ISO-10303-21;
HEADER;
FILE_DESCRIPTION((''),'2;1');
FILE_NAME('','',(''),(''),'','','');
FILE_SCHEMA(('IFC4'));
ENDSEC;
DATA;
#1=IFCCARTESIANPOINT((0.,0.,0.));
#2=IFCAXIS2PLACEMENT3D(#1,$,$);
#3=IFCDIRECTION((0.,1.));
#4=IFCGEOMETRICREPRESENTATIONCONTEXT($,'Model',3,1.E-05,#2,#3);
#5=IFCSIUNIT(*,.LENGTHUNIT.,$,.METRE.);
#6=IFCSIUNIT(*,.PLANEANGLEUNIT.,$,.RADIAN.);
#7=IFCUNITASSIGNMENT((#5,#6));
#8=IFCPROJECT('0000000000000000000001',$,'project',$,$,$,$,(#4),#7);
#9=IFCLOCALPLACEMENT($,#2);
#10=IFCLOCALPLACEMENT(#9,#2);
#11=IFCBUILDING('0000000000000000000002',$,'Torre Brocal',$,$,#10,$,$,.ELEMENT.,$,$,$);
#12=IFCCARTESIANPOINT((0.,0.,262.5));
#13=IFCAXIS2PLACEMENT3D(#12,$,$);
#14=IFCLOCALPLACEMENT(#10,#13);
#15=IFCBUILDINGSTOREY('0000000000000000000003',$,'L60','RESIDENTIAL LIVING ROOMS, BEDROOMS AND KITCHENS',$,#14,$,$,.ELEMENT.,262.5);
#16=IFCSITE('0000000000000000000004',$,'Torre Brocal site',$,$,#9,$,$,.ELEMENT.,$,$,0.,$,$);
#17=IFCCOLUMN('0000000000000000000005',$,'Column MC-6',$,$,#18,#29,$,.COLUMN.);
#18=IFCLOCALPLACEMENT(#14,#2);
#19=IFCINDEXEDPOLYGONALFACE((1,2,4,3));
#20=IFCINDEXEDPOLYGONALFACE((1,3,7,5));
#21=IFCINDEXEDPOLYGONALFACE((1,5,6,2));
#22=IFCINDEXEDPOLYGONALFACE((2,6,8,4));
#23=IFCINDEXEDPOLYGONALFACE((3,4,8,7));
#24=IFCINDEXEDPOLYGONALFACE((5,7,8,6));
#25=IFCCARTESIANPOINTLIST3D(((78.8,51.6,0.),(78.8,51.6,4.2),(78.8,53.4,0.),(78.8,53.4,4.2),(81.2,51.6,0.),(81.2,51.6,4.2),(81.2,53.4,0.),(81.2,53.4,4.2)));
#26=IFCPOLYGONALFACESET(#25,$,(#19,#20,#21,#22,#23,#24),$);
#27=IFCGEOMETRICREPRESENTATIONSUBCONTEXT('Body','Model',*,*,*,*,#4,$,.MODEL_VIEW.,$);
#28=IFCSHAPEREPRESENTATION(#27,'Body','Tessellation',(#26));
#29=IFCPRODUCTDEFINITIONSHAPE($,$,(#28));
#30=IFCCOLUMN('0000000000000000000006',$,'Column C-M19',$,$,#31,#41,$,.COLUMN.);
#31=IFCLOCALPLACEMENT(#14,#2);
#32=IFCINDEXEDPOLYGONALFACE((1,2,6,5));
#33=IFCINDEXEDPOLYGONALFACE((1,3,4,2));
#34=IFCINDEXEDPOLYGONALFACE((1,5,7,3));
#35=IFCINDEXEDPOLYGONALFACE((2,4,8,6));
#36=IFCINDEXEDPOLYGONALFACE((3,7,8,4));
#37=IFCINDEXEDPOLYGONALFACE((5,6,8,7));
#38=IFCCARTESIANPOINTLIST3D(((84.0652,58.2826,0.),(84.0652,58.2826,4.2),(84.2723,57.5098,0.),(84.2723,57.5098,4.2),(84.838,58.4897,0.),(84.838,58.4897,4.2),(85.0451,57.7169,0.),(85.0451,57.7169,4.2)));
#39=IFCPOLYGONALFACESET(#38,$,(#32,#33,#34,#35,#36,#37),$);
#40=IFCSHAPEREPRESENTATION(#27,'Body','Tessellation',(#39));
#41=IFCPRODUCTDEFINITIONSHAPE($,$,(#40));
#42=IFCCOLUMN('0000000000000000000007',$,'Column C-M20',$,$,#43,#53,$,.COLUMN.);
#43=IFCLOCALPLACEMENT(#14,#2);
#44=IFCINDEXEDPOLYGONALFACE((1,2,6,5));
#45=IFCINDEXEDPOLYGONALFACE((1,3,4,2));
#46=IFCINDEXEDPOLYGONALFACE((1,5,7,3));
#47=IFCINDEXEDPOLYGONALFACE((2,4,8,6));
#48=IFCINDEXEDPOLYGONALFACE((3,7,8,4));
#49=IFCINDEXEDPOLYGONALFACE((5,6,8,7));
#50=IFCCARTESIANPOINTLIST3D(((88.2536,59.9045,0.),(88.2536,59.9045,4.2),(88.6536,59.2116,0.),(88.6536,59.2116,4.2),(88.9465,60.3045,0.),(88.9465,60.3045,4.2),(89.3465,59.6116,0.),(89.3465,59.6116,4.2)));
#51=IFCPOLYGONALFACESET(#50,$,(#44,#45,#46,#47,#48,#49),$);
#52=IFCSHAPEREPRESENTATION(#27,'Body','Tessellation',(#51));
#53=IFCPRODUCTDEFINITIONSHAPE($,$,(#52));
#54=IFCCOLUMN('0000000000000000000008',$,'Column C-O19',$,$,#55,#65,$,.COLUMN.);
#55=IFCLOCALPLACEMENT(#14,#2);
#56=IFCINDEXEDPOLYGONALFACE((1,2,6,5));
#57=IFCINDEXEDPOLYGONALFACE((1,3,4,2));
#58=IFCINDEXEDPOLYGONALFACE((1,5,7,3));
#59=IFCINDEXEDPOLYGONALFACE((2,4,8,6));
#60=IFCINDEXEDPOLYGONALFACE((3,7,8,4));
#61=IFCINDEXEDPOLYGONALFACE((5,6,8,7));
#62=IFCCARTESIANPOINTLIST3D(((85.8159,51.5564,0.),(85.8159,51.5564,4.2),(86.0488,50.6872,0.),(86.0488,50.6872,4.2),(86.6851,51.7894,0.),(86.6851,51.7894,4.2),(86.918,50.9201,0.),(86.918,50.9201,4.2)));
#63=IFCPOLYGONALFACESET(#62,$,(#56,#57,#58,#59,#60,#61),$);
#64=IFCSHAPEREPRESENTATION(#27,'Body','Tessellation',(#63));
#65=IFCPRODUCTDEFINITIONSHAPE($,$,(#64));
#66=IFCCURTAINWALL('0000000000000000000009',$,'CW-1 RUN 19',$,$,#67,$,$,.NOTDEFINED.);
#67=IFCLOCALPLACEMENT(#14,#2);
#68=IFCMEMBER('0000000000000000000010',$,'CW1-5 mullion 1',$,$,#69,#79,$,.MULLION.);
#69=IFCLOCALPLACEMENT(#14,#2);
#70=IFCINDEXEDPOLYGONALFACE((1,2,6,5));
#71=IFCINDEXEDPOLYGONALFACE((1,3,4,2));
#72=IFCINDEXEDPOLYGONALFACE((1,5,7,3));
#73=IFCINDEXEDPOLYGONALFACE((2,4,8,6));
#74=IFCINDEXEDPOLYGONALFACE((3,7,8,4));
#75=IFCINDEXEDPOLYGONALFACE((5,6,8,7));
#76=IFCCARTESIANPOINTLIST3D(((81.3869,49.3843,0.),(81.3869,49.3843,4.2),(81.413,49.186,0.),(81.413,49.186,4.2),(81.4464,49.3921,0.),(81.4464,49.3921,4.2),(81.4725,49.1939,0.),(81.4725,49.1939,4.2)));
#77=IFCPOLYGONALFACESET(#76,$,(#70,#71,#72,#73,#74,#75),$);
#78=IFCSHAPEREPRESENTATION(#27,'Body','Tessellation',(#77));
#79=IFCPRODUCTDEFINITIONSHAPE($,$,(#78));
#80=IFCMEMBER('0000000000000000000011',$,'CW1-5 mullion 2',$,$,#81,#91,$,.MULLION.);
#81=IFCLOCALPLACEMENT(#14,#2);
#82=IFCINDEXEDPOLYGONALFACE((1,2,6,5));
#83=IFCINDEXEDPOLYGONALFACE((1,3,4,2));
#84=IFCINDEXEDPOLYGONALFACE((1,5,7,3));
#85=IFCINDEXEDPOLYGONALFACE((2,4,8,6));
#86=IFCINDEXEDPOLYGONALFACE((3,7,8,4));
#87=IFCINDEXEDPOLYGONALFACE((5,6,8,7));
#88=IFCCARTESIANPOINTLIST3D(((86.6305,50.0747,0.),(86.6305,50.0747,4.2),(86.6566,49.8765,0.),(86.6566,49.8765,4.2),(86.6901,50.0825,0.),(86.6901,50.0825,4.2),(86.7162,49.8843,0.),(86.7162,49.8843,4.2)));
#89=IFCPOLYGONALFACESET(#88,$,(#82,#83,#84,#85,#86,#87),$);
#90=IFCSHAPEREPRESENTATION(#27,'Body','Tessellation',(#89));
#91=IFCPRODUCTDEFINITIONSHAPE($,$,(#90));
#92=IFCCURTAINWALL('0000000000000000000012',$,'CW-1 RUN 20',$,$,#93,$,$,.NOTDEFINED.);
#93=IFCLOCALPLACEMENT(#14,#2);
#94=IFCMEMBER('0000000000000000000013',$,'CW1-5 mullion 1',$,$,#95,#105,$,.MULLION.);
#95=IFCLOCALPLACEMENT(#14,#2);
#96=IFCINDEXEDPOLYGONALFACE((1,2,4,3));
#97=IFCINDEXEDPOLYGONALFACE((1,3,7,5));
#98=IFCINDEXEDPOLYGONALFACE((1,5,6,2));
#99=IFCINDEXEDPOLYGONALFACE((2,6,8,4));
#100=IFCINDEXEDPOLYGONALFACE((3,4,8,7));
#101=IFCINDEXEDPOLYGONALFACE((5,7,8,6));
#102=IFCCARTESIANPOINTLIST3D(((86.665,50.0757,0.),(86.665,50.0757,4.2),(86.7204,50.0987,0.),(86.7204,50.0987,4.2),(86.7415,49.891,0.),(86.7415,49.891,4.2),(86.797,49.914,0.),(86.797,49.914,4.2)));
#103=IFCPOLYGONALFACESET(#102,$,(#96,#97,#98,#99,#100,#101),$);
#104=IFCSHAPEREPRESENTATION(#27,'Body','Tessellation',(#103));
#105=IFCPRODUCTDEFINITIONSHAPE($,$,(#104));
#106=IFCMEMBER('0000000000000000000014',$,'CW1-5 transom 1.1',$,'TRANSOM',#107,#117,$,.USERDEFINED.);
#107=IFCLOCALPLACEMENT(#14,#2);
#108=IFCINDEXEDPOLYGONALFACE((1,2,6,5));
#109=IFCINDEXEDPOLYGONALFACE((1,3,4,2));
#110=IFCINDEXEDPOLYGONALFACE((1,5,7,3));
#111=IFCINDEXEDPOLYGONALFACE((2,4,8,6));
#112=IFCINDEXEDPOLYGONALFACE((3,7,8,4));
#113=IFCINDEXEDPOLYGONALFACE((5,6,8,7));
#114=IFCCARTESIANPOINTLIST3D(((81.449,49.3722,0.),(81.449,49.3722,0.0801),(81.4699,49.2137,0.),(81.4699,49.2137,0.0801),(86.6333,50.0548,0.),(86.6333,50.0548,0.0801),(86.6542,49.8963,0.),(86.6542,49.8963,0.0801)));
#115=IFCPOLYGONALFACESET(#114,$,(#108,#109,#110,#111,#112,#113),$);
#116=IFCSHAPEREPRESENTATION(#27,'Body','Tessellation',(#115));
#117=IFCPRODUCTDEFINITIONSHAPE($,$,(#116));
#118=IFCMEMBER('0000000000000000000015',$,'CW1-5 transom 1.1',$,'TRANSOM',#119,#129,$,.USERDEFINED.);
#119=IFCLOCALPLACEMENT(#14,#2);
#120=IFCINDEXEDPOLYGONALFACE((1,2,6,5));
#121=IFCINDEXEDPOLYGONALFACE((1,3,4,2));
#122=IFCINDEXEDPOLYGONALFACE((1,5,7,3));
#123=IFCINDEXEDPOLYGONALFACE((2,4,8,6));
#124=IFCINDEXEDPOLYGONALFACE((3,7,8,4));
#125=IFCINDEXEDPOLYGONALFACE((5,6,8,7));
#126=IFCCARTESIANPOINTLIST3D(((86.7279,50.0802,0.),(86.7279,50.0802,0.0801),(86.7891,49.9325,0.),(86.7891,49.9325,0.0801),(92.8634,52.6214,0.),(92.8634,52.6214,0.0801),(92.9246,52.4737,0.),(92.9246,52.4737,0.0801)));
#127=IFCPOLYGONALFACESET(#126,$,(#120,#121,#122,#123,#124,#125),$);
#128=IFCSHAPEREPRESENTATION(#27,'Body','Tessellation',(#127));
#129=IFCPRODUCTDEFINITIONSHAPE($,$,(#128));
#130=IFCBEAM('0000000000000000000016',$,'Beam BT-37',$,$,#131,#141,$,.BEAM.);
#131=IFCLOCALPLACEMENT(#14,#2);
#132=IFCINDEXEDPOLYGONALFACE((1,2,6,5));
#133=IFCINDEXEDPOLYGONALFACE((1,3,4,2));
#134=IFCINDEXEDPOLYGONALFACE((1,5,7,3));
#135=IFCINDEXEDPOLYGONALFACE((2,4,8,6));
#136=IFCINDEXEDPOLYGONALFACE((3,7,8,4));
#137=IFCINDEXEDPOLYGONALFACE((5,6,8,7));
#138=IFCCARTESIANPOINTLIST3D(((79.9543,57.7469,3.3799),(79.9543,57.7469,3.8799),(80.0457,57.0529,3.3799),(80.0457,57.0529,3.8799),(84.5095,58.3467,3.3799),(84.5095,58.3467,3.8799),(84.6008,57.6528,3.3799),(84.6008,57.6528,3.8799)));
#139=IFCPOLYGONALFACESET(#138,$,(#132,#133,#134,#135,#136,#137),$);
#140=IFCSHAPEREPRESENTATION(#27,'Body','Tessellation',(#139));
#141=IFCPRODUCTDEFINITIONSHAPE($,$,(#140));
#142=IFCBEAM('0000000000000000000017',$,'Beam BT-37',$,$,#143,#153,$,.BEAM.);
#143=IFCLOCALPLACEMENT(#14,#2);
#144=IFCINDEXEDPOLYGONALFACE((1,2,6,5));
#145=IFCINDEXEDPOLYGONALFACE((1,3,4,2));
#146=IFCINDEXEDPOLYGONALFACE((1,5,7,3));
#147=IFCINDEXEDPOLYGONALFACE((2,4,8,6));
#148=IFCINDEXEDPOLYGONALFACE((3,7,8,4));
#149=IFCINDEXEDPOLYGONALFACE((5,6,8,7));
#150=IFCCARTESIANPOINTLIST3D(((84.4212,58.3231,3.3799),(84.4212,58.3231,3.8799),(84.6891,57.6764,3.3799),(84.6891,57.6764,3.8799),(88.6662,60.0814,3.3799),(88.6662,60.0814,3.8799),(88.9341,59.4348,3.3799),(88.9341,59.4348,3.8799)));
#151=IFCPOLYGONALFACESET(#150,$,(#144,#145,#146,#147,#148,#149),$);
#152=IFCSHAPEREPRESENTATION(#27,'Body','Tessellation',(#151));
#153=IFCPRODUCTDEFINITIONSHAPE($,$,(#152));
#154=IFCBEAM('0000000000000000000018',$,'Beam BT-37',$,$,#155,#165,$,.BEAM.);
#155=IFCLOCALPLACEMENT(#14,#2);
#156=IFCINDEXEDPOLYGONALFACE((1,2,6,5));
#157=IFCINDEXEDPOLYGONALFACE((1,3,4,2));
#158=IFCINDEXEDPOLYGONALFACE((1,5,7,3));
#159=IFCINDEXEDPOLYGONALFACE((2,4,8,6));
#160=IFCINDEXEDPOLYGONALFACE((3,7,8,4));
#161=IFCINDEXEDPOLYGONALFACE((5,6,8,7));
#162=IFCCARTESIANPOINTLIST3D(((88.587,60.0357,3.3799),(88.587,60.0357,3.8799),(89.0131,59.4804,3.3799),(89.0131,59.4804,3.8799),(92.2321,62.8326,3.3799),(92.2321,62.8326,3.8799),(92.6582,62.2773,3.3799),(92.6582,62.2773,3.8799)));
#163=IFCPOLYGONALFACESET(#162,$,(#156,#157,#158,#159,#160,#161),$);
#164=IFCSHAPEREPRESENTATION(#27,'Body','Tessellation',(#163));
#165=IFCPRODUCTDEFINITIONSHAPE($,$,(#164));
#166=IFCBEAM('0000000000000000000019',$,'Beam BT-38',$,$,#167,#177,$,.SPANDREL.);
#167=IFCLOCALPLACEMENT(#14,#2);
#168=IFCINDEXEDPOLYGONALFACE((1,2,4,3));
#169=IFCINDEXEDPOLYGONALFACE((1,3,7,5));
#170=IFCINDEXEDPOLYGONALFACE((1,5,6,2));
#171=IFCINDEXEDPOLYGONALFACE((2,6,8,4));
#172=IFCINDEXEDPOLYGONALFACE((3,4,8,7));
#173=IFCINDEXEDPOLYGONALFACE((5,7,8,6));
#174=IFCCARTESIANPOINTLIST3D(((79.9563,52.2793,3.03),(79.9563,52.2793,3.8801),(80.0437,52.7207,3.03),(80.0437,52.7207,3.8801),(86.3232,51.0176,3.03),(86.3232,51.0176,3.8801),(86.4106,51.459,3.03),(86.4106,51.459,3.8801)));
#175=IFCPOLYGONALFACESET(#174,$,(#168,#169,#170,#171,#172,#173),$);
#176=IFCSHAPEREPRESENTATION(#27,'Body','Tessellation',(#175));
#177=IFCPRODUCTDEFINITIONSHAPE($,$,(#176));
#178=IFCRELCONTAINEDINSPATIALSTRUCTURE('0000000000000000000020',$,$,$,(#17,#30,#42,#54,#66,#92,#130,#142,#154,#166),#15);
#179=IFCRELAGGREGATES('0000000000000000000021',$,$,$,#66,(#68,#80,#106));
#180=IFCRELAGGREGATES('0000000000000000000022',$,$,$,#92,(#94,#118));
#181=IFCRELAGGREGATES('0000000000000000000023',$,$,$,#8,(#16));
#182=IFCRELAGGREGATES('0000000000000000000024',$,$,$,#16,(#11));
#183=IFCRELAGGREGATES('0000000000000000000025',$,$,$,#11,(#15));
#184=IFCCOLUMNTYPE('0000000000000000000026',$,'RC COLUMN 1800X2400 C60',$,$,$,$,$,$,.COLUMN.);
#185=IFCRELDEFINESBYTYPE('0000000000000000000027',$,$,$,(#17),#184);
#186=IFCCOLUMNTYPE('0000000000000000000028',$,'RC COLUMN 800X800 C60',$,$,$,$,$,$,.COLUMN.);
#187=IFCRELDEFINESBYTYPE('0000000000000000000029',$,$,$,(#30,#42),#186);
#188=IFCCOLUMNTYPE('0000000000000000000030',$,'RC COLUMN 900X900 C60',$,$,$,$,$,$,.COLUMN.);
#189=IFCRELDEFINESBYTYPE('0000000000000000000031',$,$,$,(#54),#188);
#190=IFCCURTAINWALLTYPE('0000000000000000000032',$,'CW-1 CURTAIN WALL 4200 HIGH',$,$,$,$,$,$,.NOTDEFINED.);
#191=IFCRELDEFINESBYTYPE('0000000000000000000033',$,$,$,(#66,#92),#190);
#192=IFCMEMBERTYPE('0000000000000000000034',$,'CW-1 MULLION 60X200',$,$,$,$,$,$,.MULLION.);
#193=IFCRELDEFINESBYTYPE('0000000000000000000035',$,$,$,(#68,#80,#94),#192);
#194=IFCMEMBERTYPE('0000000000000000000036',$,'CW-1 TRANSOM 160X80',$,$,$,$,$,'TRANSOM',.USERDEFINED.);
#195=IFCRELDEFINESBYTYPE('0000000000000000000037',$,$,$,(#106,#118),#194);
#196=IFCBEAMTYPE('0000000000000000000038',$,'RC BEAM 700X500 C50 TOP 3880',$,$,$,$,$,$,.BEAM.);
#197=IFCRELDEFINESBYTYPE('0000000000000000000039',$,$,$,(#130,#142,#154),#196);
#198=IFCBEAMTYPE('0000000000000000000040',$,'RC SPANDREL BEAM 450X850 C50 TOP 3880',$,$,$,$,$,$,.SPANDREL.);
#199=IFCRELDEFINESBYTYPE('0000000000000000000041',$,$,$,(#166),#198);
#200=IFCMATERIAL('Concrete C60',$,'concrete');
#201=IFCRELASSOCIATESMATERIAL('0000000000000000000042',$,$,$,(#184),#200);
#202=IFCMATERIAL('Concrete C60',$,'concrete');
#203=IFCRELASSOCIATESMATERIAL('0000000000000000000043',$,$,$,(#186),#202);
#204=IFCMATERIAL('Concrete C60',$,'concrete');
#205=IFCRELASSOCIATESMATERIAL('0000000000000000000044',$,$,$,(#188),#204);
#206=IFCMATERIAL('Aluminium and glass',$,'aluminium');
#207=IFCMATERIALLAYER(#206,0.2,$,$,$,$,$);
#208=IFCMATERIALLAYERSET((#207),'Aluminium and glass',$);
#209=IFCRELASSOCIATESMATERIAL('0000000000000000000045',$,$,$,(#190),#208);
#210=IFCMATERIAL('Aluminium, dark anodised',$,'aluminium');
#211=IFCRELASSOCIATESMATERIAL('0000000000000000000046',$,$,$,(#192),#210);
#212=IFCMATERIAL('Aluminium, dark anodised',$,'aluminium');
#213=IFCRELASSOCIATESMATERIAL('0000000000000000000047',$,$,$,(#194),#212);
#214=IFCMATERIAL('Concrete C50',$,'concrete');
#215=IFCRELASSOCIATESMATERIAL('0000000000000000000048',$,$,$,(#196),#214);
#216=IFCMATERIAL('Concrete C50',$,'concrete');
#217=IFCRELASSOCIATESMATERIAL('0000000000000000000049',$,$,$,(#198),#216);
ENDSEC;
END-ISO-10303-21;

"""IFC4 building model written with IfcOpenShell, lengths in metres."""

from ifc_helpers import new_model, si_unit, direction, frame, origin, origin_2d, place, context, subcontext, project, spatial, rectangle, extrude, material, layer, layer_set, material_profile, profile_set, type_object, element, aggregate, save


model = new_model("IFC4")

# Units and contexts
model_context = context("Model", 3, precision=1e-05, world=origin(), true_north=direction((0.0, 1.0)))
body_context = subcontext(model_context, "Body", "Model", "MODEL_VIEW")
ifc_project = project(units=[si_unit("LENGTHUNIT", "METRE"), si_unit("PLANEANGLEUNIT", "RADIAN")], contexts=[model_context])

# Site, building, storey
site_placement = place(None, origin())
site = spatial("IfcSite", under=ifc_project, at=site_placement, Name="Torre Brocal site", CompositionType="ELEMENT", RefElevation=0.0)
building_placement = place(site_placement, origin())
building = spatial("IfcBuilding", under=site, at=building_placement, Name="Torre Brocal", CompositionType="ELEMENT")
storey_placement = place(building_placement, frame((0.0, 0.0, 262.5)))
storey = spatial("IfcBuildingStorey", under=building, at=storey_placement, Name="L60", Description="RESIDENTIAL LIVING ROOMS, BEDROOMS AND KITCHENS", CompositionType="ELEMENT", Elevation=262.5)

# Columns
ifc_material_1 = material(Name="Concrete C60", Category="concrete")
ifc_material_profile_1 = material_profile(ifc_material_1, rectangle(XDim=1.8, YDim=2.3999, at=origin_2d()), Name="RC 1800X2400")
ifc_profile_set_1 = profile_set([ifc_material_profile_1], Name="Concrete C60")
column_type_1 = type_object("IfcColumnType", Name="RC COLUMN 1800X2400 C60", PredefinedType="COLUMN", material=ifc_profile_set_1)
column_1_placement = place(storey_placement, frame((80.0, 52.5, 0.0), z_axis=(0.0, 0.0, 1.0), x_axis=(0.0, -1.0, 0.0)))
element("IfcColumn", 1, at=column_1_placement, inside=storey, type_object=column_type_1, Name="Column MC-6", PredefinedType="COLUMN", context=body_context, shape_type="SweptSolid", body=[
    extrude(rectangle(XDim=1.8, YDim=2.3999, at=origin_2d()), origin(), (0.0, 0.0, 1.0), 4.2),
])
ifc_material_2 = material(Name="Concrete C60", Category="concrete")
ifc_material_profile_2 = material_profile(ifc_material_2, rectangle(XDim=0.8, YDim=0.8, at=origin_2d()), Name="RC 800X800")
ifc_profile_set_2 = profile_set([ifc_material_profile_2], Name="Concrete C60")
column_type_2 = type_object("IfcColumnType", Name="RC COLUMN 800X800 C60", PredefinedType="COLUMN", material=ifc_profile_set_2)
for number, where, z_axis, x_axis, name in (
    (2, (84.5552, 57.9998, 0.0), (0.0, 0.0, 1.0), (0.258819, -0.965926, 0.0), "Column C-M19"),
    (3, (88.8, 59.7581, 0.0), (0.0, 0.0, 1.0), (0.5, -0.866025, 0.0), "Column C-M20"),
):
    element("IfcColumn", number, at=place(storey_placement, frame(where, z_axis=z_axis, x_axis=x_axis)), inside=storey, type_object=column_type_2, Name=name, PredefinedType="COLUMN", context=body_context, shape_type="SweptSolid", body=[
        extrude(rectangle(XDim=0.8, YDim=0.8, at=origin_2d()), origin(), (0.0, 0.0, 1.0), 4.2),
    ])
ifc_material_3 = material(Name="Concrete C60", Category="concrete")
ifc_material_profile_3 = material_profile(ifc_material_3, rectangle(XDim=0.8999, YDim=0.8999, at=origin_2d()), Name="RC 900X900")
ifc_profile_set_3 = profile_set([ifc_material_profile_3], Name="Concrete C60")
column_type_3 = type_object("IfcColumnType", Name="RC COLUMN 900X900 C60", PredefinedType="COLUMN", material=ifc_profile_set_3)
column_2_placement = place(storey_placement, frame((86.3669, 51.2383, 0.0), z_axis=(0.0, 0.0, 1.0), x_axis=(0.258819, -0.965926, 0.0)))
element("IfcColumn", 4, at=column_2_placement, inside=storey, type_object=column_type_3, Name="Column C-O19", PredefinedType="COLUMN", context=body_context, shape_type="SweptSolid", body=[
    extrude(rectangle(XDim=0.8999, YDim=0.8999, at=origin_2d()), origin(), (0.0, 0.0, 1.0), 4.2),
])

# Curtain wall, members
ifc_material_4 = material(Name="Aluminium and glass", Category="aluminium")
ifc_layer_1 = layer(ifc_material_4, 0.2)
ifc_layer_set_1 = layer_set([ifc_layer_1], Name="Aluminium and glass")
curtain_wall_type = type_object("IfcCurtainWallType", Name="CW-1 CURTAIN WALL 4200 HIGH", PredefinedType="NOTDEFINED", material=ifc_layer_set_1)
curtain_wall_1_placement = place(storey_placement, origin())
curtain_wall_1 = element("IfcCurtainWall", 5, at=curtain_wall_1_placement, inside=storey, type_object=curtain_wall_type, Name="CW-1 RUN 19", PredefinedType="NOTDEFINED")
ifc_material_5 = material(Name="Aluminium, dark anodised", Category="aluminium")
ifc_material_profile_4 = material_profile(ifc_material_5, rectangle(XDim=0.2, YDim=0.0601, at=origin_2d()), Name="CW-1 MULLION 60X200")
ifc_profile_set_4 = profile_set([ifc_material_profile_4], Name="Aluminium, dark anodised")
member_type_1 = type_object("IfcMemberType", Name="CW-1 MULLION 60X200", PredefinedType="MULLION", material=ifc_profile_set_4)
member_1_placement = place(storey_placement, frame((81.4297, 49.2891, 0.0), z_axis=(0.0, 0.0, 1.0), x_axis=(-0.130526, 0.991445, 0.0)))
member_1 = element("IfcMember", 6, at=member_1_placement, type_object=member_type_1, Name="CW1-5 mullion 1", PredefinedType="MULLION", context=body_context, shape_type="SweptSolid", body=[
    extrude(rectangle(XDim=0.2, YDim=0.0601, at=origin_2d()), origin(), (0.0, 0.0, 1.0), 4.2),
])
member_2_placement = place(storey_placement, frame((86.6733, 49.9795, 0.0), z_axis=(0.0, 0.0, 1.0), x_axis=(-0.130526, 0.991445, 0.0)))
member_2 = element("IfcMember", 7, at=member_2_placement, type_object=member_type_1, Name="CW1-5 mullion 2", PredefinedType="MULLION", context=body_context, shape_type="SweptSolid", body=[
    extrude(rectangle(XDim=0.2, YDim=0.0601, at=origin_2d()), origin(), (0.0, 0.0, 1.0), 4.2),
])

# Curtain wall, member
curtain_wall_2_placement = place(storey_placement, origin())
curtain_wall_2 = element("IfcCurtainWall", 8, at=curtain_wall_2_placement, inside=storey, type_object=curtain_wall_type, Name="CW-1 RUN 20", PredefinedType="NOTDEFINED")
member_3_placement = place(storey_placement, frame((86.731, 49.9949, 0.0), z_axis=(0.0, 0.0, 1.0), x_axis=(-0.382683, 0.92388, 0.0)))
member_3 = element("IfcMember", 9, at=member_3_placement, type_object=member_type_1, Name="CW1-5 mullion 1", PredefinedType="MULLION", context=body_context, shape_type="SweptSolid", body=[
    extrude(rectangle(XDim=0.2, YDim=0.0601, at=origin_2d()), origin(), (0.0, 0.0, 1.0), 4.2),
])

# Members
ifc_material_6 = material(Name="Aluminium, dark anodised", Category="aluminium")
ifc_material_profile_5 = material_profile(ifc_material_6, rectangle(XDim=0.1599, YDim=0.0801, at=origin_2d()), Name="CW-1 TRANSOM 160X80")
ifc_profile_set_5 = profile_set([ifc_material_profile_5], Name="Aluminium, dark anodised")
member_type_2 = type_object("IfcMemberType", Name="CW-1 TRANSOM 160X80", ElementType="TRANSOM", PredefinedType="USERDEFINED", material=ifc_profile_set_5)
member_4_placement = place(storey_placement, frame((81.4595, 49.293, 0.04), z_axis=(0.991443, 0.130543, 0.0), x_axis=(-0.130543, 0.991443, 0.0)))
member_4 = element("IfcMember", 10, at=member_4_placement, type_object=member_type_2, Name="CW1-5 transom 1.1", ObjectType="TRANSOM", PredefinedType="USERDEFINED", context=body_context, shape_type="SweptSolid", body=[
    extrude(rectangle(XDim=0.1599, YDim=0.0801, at=origin_2d()), origin(), (0.0, 0.0, 1.0), 5.229),
])
member_5_placement = place(storey_placement, frame((86.7585, 50.0063, 0.04), z_axis=(0.923887, 0.382665, 0.0), x_axis=(-0.382665, 0.923887, 0.0)))
member_5 = element("IfcMember", 11, at=member_5_placement, type_object=member_type_2, Name="CW1-5 transom 1.1", ObjectType="TRANSOM", PredefinedType="USERDEFINED", context=body_context, shape_type="SweptSolid", body=[
    extrude(rectangle(XDim=0.1599, YDim=0.0801, at=origin_2d()), origin(), (0.0, 0.0, 1.0), 6.6409),
])

# Beams
ifc_material_7 = material(Name="Concrete C50", Category="concrete")
ifc_material_profile_6 = material_profile(ifc_material_7, rectangle(XDim=0.7, YDim=0.5, at=origin_2d()), Name="RC 700X500")
ifc_profile_set_6 = profile_set([ifc_material_profile_6], Name="Concrete C50")
beam_type_1 = type_object("IfcBeamType", Name="RC BEAM 700X500 C50 TOP 3880", PredefinedType="BEAM", material=ifc_profile_set_6)
beam_1_placement = place(storey_placement, frame((80.0, 57.3999, 3.6299), z_axis=(0.991441, 0.130559, 0.0), x_axis=(-0.130559, 0.991441, 0.0)))
element("IfcBeam", 12, at=beam_1_placement, inside=storey, type_object=beam_type_1, Name="Beam BT-37", PredefinedType="BEAM", context=body_context, shape_type="SweptSolid", body=[
    extrude(rectangle(XDim=0.7, YDim=0.5, at=origin_2d()), origin(), (0.0, 0.0, 1.0), 4.5945),
])
beam_2_placement = place(storey_placement, frame((84.5552, 57.9998, 3.6299), z_axis=(0.923878, 0.382687, 0.0), x_axis=(-0.382687, 0.923878, 0.0)))
element("IfcBeam", 13, at=beam_2_placement, inside=storey, type_object=beam_type_1, Name="Beam BT-37", PredefinedType="BEAM", context=body_context, shape_type="SweptSolid", body=[
    extrude(rectangle(XDim=0.7, YDim=0.5, at=origin_2d()), origin(), (0.0, 0.0, 1.0), 4.5947),
])
beam_3_placement = place(storey_placement, frame((88.8, 59.7581, 3.6299), z_axis=(0.793358, 0.608755, 0.0), x_axis=(-0.608755, 0.793358, 0.0)))
element("IfcBeam", 14, at=beam_3_placement, inside=storey, type_object=beam_type_1, Name="Beam BT-37", PredefinedType="BEAM", context=body_context, shape_type="SweptSolid", body=[
    extrude(rectangle(XDim=0.7, YDim=0.5, at=origin_2d()), origin(), (0.0, 0.0, 1.0), 4.5945),
])
ifc_material_8 = material(Name="Concrete C50", Category="concrete")
ifc_material_profile_7 = material_profile(ifc_material_8, rectangle(XDim=0.45, YDim=0.8501, at=origin_2d()), Name="RC 450X850")
ifc_profile_set_7 = profile_set([ifc_material_profile_7], Name="Concrete C50")
beam_type_2 = type_object("IfcBeamType", Name="RC SPANDREL BEAM 450X850 C50 TOP 3880", PredefinedType="SPANDREL", material=ifc_profile_set_7)
beam_4_placement = place(storey_placement, frame((80.0, 52.5, 3.4551), z_axis=(0.980925, -0.194387, 0.0), x_axis=(0.194387, 0.980925, 0.0)))
element("IfcBeam", 15, at=beam_4_placement, inside=storey, type_object=beam_type_2, Name="Beam BT-38", PredefinedType="SPANDREL", context=body_context, shape_type="SweptSolid", body=[
    extrude(rectangle(XDim=0.45, YDim=0.8501, at=origin_2d()), origin(), (0.0, 0.0, 1.0), 6.4907),
])

aggregate(curtain_wall_1, [member_1, member_2, member_4])
aggregate(curtain_wall_2, [member_3, member_5])

save(model, "model.ifc")
